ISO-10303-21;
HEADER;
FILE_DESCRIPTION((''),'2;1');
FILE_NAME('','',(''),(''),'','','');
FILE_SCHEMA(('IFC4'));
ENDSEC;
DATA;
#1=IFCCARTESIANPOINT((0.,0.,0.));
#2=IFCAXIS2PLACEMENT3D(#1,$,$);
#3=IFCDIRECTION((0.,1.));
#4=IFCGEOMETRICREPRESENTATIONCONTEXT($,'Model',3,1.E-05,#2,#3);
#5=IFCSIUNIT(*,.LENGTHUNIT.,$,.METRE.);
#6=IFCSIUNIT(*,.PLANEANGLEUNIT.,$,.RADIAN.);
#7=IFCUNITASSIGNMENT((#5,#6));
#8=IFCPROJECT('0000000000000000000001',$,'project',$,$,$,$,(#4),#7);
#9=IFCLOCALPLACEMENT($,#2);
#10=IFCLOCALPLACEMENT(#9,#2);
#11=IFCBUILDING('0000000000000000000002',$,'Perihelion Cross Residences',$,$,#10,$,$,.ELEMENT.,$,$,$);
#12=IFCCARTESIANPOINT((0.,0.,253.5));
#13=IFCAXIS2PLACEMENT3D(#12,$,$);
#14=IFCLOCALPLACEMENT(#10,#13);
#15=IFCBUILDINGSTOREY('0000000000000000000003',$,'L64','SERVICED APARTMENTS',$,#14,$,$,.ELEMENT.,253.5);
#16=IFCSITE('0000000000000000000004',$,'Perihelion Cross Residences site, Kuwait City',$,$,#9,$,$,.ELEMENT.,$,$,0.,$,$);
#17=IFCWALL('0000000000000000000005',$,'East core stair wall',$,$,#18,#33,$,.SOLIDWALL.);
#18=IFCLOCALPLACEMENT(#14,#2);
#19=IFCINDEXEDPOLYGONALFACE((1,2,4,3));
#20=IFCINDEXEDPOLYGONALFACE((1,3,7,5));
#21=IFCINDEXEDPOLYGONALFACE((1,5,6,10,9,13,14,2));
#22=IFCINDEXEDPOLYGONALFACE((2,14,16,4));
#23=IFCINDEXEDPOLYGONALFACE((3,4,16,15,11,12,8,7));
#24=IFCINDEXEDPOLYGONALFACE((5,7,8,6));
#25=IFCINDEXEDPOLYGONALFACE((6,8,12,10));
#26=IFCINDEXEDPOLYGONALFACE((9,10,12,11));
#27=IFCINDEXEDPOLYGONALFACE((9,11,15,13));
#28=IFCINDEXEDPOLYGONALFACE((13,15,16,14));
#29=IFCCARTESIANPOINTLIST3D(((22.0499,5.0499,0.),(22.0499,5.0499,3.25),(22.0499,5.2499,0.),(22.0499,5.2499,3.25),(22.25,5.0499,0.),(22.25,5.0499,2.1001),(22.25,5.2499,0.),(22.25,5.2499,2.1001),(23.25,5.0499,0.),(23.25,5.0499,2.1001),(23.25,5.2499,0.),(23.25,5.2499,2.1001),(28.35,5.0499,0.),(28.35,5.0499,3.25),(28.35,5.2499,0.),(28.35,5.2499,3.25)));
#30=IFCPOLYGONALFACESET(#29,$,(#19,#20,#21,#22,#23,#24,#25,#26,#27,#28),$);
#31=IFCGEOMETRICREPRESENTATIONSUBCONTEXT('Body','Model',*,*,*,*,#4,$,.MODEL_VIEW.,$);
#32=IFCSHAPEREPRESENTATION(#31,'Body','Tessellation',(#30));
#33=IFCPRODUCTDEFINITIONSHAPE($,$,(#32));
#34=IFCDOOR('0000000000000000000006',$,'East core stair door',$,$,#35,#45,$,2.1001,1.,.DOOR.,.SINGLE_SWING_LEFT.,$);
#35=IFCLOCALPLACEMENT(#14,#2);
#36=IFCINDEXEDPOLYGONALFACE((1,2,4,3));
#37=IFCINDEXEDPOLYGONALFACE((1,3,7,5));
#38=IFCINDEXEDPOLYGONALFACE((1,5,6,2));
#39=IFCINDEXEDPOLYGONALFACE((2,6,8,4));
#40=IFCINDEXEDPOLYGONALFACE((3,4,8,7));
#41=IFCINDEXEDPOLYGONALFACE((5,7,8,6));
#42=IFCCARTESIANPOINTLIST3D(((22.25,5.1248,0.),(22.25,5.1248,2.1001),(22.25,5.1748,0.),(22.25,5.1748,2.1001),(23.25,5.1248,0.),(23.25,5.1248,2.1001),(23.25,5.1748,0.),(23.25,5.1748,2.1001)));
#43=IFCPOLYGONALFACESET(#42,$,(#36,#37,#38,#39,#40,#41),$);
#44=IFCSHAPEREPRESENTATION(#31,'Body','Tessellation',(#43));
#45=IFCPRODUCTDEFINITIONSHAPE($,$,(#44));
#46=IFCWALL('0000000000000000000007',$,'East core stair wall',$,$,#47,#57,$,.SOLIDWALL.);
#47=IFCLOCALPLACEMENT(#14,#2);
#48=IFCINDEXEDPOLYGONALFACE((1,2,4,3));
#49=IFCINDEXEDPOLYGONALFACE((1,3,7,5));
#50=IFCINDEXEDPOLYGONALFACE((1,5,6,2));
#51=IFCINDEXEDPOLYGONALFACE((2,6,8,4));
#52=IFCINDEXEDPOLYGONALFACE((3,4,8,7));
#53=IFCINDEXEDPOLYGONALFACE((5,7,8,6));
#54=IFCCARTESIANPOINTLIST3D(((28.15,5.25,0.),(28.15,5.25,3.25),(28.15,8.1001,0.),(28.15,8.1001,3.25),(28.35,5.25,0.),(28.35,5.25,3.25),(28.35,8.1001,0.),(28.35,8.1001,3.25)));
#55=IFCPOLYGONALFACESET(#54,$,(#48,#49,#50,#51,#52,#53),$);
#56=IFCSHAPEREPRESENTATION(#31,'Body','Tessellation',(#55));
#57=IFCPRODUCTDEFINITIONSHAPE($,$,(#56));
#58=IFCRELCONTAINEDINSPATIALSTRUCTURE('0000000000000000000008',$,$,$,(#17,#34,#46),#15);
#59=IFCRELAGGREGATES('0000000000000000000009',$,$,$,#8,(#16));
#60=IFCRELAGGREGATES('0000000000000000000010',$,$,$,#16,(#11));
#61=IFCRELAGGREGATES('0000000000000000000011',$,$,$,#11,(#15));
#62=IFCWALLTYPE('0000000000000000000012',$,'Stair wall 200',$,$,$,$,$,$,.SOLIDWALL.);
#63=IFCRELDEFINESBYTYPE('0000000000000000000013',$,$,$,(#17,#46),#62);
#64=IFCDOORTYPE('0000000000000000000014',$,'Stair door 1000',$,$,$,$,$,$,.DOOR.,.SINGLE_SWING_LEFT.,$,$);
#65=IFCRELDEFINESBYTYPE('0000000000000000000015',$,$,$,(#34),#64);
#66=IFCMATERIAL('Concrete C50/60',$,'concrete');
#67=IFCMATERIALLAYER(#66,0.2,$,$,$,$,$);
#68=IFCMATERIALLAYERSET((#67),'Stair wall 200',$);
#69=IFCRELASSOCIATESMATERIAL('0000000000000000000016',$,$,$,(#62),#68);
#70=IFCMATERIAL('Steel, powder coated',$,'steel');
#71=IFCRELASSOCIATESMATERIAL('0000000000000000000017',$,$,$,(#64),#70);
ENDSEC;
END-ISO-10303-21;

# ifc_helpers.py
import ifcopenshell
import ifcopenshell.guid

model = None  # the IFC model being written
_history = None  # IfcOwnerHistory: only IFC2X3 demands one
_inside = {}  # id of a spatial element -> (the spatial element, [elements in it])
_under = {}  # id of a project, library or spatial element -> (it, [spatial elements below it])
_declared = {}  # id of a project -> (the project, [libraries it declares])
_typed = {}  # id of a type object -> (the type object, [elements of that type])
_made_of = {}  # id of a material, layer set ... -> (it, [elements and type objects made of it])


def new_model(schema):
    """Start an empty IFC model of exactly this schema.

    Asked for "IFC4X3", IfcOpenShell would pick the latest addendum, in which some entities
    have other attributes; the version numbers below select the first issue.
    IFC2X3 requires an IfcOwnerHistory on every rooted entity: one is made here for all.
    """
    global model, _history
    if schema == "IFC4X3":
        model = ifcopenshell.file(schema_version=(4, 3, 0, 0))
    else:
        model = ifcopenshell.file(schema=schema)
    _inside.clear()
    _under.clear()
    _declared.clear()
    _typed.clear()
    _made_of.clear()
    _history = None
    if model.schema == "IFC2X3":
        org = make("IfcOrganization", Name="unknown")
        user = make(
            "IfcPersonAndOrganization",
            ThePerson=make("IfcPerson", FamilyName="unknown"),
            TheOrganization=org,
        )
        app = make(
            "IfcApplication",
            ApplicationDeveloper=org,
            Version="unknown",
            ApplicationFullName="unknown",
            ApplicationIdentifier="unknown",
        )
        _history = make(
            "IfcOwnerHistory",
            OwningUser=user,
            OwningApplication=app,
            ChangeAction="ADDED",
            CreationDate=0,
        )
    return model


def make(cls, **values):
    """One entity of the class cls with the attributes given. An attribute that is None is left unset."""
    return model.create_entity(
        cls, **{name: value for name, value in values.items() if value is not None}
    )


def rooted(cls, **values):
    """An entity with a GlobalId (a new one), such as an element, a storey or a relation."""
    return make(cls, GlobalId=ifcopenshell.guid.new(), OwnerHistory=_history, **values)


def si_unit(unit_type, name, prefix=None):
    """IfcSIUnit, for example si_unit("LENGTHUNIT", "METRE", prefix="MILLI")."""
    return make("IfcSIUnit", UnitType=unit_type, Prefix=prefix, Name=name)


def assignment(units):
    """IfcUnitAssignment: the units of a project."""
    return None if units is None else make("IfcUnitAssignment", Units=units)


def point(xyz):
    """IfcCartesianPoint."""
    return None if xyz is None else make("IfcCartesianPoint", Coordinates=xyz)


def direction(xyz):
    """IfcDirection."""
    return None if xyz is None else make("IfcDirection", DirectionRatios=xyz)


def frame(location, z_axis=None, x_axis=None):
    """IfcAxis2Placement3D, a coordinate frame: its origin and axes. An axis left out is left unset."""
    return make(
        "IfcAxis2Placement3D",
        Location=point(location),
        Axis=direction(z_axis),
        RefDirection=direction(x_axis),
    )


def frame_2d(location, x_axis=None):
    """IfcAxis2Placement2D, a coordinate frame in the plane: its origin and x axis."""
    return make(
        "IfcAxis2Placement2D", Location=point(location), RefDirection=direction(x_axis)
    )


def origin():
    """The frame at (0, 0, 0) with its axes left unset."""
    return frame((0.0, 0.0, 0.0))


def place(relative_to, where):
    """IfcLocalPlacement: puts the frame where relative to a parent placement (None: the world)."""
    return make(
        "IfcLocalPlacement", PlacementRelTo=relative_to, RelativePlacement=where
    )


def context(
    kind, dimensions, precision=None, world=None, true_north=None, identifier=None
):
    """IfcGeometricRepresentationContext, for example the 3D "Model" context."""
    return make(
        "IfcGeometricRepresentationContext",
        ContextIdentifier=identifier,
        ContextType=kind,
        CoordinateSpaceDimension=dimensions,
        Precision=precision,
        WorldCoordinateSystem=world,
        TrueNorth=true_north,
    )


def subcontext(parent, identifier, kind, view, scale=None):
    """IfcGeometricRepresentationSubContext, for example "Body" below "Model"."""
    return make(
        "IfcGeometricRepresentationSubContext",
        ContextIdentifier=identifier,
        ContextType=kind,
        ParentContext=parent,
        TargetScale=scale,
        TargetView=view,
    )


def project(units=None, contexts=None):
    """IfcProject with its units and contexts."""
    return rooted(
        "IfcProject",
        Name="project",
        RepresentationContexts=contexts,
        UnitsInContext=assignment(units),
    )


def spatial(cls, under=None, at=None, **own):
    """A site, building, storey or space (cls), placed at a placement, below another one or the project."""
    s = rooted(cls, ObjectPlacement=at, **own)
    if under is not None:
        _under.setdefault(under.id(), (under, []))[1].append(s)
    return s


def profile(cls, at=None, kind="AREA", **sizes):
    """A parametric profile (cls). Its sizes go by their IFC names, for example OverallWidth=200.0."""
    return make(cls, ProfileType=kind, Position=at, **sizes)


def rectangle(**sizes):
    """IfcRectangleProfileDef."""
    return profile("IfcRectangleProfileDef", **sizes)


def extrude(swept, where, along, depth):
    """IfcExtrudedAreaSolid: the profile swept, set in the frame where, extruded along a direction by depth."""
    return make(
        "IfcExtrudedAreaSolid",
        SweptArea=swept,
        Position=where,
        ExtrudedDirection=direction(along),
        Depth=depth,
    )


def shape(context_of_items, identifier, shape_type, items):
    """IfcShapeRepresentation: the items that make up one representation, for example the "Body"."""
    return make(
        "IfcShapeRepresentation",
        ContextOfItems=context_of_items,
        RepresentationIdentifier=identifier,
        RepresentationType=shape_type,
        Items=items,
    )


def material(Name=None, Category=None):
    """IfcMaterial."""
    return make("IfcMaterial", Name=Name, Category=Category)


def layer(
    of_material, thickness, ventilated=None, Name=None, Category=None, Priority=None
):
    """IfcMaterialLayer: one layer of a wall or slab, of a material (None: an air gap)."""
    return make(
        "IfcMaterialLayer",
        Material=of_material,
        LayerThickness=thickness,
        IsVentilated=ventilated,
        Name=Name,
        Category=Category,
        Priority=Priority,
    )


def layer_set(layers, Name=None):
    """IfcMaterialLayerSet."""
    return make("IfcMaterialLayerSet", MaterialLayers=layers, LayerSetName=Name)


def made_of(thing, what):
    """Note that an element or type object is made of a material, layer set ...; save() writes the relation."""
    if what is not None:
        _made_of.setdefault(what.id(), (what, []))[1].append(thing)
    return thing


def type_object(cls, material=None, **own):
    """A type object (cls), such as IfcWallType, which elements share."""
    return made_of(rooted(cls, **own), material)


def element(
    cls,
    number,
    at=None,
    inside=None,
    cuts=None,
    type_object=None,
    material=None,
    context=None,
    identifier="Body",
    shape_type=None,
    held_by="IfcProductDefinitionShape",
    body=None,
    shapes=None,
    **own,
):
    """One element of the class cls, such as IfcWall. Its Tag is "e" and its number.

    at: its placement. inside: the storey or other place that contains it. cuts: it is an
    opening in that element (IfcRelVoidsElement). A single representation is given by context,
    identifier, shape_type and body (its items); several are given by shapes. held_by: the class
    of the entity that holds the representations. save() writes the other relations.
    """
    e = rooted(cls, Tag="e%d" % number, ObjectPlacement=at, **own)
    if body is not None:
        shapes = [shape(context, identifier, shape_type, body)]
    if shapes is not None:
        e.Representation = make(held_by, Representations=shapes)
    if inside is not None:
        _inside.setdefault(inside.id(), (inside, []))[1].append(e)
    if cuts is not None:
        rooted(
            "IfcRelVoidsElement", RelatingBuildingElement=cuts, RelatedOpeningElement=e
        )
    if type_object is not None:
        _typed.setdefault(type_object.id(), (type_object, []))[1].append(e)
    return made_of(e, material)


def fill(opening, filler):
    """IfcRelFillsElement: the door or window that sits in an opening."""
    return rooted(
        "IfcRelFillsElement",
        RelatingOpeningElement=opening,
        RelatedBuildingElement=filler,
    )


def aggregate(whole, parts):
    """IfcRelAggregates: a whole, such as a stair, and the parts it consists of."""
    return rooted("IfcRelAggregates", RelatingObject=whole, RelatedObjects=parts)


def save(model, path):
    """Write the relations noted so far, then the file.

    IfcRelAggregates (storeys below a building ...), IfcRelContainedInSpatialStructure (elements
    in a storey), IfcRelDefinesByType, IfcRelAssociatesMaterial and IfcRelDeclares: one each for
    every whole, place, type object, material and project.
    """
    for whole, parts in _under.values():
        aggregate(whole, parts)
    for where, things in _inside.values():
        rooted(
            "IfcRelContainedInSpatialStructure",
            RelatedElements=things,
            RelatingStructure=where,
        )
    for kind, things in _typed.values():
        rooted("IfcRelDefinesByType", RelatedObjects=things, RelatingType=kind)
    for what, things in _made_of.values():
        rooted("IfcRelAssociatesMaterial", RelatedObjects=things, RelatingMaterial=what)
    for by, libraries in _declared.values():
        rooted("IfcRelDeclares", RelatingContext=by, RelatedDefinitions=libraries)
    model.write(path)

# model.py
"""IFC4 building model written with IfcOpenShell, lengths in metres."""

from ifc_helpers import new_model, si_unit, direction, frame, frame_2d, origin, place, context, subcontext, project, spatial, rectangle, extrude, material, layer, layer_set, type_object, element, fill, save


model = new_model("IFC4")

# Units and contexts
model_context = context("Model", 3, precision=1e-05, world=origin(), true_north=direction((0.0, 1.0)))
body_context = subcontext(model_context, "Body", "Model", "MODEL_VIEW")
ifc_project = project(units=[si_unit("LENGTHUNIT", "METRE"), si_unit("PLANEANGLEUNIT", "RADIAN")], contexts=[model_context])

# Site, building, storey
site_placement = place(None, origin())
site = spatial("IfcSite", under=ifc_project, at=site_placement, Name="Perihelion Cross Residences site, Kuwait City", CompositionType="ELEMENT", RefElevation=0.0)
building_placement = place(site_placement, origin())
building = spatial("IfcBuilding", under=site, at=building_placement, Name="Perihelion Cross Residences", CompositionType="ELEMENT")
storey_placement = place(building_placement, frame((0.0, 0.0, 253.5)))
storey = spatial("IfcBuildingStorey", under=building, at=storey_placement, Name="L64", Description="SERVICED APARTMENTS", CompositionType="ELEMENT", Elevation=253.5)

# Wall, opening, door
ifc_material_1 = material(Name="Concrete C50/60", Category="concrete")
ifc_layer_1 = layer(ifc_material_1, 0.2)
ifc_layer_set_1 = layer_set([ifc_layer_1], Name="Stair wall 200")
wall_type_1 = type_object("IfcWallType", Name="Stair wall 200", PredefinedType="SOLIDWALL", material=ifc_layer_set_1)
wall_1_placement = place(storey_placement, frame((22.05, 5.1499, 0.0), z_axis=(0.0, 0.0, 1.0), x_axis=(1.0, 0.0, 0.0)))
wall_1 = element("IfcWall", 1, at=wall_1_placement, inside=storey, type_object=wall_type_1, Name="East core stair wall", PredefinedType="SOLIDWALL", context=body_context, shape_type="SweptSolid", body=[
    extrude(rectangle(XDim=6.3, YDim=0.2, at=frame_2d((3.1499, 0.0))), origin(), (0.0, 0.0, 1.0), 3.25),
])
opening_1_placement = place(wall_1_placement, frame((0.2, 0.0, 0.0)))
opening_1 = element("IfcOpeningElement", 2, at=opening_1_placement, cuts=wall_1, PredefinedType="OPENING", context=body_context, shape_type="SweptSolid", body=[
    extrude(rectangle(XDim=1.0, YDim=2.1001, at=frame_2d((0.5, 1.05))), frame((0.0, 0.1099, 0.0), z_axis=(0.0, -1.0, 0.0), x_axis=(1.0, 0.0, 0.0)), (0.0, 0.0, 1.0), 0.22),
])
ifc_material_2 = material(Name="Steel, powder coated", Category="steel")
door_type_1 = type_object("IfcDoorType", Name="Stair door 1000", OperationType="SINGLE_SWING_LEFT", PredefinedType="DOOR", material=ifc_material_2)
door_1_placement = place(opening_1_placement, origin())
door_1 = element("IfcDoor", 3, at=door_1_placement, inside=storey, type_object=door_type_1, Name="East core stair door", OperationType="SINGLE_SWING_LEFT", OverallHeight=2.1001, OverallWidth=1.0, PredefinedType="DOOR", context=body_context, shape_type="SweptSolid", body=[
    extrude(rectangle(XDim=1.0, YDim=2.1001, at=frame_2d((0.5, 1.05))), frame((0.0, 0.0249, 0.0), z_axis=(0.0, -1.0, 0.0), x_axis=(1.0, 0.0, 0.0)), (0.0, 0.0, 1.0), 0.05),
])
fill(opening_1, door_1)

# Wall
wall_2_placement = place(storey_placement, frame((28.25, 5.25, 0.0), z_axis=(0.0, 0.0, 1.0), x_axis=(0.0, 1.0, 0.0)))
element("IfcWall", 4, at=wall_2_placement, inside=storey, type_object=wall_type_1, Name="East core stair wall", PredefinedType="SOLIDWALL", context=body_context, shape_type="SweptSolid", body=[
    extrude(rectangle(XDim=2.8501, YDim=0.2, at=frame_2d((1.425, 0.0))), origin(), (0.0, 0.0, 1.0), 3.25),
])

save(model, "model.ifc")
